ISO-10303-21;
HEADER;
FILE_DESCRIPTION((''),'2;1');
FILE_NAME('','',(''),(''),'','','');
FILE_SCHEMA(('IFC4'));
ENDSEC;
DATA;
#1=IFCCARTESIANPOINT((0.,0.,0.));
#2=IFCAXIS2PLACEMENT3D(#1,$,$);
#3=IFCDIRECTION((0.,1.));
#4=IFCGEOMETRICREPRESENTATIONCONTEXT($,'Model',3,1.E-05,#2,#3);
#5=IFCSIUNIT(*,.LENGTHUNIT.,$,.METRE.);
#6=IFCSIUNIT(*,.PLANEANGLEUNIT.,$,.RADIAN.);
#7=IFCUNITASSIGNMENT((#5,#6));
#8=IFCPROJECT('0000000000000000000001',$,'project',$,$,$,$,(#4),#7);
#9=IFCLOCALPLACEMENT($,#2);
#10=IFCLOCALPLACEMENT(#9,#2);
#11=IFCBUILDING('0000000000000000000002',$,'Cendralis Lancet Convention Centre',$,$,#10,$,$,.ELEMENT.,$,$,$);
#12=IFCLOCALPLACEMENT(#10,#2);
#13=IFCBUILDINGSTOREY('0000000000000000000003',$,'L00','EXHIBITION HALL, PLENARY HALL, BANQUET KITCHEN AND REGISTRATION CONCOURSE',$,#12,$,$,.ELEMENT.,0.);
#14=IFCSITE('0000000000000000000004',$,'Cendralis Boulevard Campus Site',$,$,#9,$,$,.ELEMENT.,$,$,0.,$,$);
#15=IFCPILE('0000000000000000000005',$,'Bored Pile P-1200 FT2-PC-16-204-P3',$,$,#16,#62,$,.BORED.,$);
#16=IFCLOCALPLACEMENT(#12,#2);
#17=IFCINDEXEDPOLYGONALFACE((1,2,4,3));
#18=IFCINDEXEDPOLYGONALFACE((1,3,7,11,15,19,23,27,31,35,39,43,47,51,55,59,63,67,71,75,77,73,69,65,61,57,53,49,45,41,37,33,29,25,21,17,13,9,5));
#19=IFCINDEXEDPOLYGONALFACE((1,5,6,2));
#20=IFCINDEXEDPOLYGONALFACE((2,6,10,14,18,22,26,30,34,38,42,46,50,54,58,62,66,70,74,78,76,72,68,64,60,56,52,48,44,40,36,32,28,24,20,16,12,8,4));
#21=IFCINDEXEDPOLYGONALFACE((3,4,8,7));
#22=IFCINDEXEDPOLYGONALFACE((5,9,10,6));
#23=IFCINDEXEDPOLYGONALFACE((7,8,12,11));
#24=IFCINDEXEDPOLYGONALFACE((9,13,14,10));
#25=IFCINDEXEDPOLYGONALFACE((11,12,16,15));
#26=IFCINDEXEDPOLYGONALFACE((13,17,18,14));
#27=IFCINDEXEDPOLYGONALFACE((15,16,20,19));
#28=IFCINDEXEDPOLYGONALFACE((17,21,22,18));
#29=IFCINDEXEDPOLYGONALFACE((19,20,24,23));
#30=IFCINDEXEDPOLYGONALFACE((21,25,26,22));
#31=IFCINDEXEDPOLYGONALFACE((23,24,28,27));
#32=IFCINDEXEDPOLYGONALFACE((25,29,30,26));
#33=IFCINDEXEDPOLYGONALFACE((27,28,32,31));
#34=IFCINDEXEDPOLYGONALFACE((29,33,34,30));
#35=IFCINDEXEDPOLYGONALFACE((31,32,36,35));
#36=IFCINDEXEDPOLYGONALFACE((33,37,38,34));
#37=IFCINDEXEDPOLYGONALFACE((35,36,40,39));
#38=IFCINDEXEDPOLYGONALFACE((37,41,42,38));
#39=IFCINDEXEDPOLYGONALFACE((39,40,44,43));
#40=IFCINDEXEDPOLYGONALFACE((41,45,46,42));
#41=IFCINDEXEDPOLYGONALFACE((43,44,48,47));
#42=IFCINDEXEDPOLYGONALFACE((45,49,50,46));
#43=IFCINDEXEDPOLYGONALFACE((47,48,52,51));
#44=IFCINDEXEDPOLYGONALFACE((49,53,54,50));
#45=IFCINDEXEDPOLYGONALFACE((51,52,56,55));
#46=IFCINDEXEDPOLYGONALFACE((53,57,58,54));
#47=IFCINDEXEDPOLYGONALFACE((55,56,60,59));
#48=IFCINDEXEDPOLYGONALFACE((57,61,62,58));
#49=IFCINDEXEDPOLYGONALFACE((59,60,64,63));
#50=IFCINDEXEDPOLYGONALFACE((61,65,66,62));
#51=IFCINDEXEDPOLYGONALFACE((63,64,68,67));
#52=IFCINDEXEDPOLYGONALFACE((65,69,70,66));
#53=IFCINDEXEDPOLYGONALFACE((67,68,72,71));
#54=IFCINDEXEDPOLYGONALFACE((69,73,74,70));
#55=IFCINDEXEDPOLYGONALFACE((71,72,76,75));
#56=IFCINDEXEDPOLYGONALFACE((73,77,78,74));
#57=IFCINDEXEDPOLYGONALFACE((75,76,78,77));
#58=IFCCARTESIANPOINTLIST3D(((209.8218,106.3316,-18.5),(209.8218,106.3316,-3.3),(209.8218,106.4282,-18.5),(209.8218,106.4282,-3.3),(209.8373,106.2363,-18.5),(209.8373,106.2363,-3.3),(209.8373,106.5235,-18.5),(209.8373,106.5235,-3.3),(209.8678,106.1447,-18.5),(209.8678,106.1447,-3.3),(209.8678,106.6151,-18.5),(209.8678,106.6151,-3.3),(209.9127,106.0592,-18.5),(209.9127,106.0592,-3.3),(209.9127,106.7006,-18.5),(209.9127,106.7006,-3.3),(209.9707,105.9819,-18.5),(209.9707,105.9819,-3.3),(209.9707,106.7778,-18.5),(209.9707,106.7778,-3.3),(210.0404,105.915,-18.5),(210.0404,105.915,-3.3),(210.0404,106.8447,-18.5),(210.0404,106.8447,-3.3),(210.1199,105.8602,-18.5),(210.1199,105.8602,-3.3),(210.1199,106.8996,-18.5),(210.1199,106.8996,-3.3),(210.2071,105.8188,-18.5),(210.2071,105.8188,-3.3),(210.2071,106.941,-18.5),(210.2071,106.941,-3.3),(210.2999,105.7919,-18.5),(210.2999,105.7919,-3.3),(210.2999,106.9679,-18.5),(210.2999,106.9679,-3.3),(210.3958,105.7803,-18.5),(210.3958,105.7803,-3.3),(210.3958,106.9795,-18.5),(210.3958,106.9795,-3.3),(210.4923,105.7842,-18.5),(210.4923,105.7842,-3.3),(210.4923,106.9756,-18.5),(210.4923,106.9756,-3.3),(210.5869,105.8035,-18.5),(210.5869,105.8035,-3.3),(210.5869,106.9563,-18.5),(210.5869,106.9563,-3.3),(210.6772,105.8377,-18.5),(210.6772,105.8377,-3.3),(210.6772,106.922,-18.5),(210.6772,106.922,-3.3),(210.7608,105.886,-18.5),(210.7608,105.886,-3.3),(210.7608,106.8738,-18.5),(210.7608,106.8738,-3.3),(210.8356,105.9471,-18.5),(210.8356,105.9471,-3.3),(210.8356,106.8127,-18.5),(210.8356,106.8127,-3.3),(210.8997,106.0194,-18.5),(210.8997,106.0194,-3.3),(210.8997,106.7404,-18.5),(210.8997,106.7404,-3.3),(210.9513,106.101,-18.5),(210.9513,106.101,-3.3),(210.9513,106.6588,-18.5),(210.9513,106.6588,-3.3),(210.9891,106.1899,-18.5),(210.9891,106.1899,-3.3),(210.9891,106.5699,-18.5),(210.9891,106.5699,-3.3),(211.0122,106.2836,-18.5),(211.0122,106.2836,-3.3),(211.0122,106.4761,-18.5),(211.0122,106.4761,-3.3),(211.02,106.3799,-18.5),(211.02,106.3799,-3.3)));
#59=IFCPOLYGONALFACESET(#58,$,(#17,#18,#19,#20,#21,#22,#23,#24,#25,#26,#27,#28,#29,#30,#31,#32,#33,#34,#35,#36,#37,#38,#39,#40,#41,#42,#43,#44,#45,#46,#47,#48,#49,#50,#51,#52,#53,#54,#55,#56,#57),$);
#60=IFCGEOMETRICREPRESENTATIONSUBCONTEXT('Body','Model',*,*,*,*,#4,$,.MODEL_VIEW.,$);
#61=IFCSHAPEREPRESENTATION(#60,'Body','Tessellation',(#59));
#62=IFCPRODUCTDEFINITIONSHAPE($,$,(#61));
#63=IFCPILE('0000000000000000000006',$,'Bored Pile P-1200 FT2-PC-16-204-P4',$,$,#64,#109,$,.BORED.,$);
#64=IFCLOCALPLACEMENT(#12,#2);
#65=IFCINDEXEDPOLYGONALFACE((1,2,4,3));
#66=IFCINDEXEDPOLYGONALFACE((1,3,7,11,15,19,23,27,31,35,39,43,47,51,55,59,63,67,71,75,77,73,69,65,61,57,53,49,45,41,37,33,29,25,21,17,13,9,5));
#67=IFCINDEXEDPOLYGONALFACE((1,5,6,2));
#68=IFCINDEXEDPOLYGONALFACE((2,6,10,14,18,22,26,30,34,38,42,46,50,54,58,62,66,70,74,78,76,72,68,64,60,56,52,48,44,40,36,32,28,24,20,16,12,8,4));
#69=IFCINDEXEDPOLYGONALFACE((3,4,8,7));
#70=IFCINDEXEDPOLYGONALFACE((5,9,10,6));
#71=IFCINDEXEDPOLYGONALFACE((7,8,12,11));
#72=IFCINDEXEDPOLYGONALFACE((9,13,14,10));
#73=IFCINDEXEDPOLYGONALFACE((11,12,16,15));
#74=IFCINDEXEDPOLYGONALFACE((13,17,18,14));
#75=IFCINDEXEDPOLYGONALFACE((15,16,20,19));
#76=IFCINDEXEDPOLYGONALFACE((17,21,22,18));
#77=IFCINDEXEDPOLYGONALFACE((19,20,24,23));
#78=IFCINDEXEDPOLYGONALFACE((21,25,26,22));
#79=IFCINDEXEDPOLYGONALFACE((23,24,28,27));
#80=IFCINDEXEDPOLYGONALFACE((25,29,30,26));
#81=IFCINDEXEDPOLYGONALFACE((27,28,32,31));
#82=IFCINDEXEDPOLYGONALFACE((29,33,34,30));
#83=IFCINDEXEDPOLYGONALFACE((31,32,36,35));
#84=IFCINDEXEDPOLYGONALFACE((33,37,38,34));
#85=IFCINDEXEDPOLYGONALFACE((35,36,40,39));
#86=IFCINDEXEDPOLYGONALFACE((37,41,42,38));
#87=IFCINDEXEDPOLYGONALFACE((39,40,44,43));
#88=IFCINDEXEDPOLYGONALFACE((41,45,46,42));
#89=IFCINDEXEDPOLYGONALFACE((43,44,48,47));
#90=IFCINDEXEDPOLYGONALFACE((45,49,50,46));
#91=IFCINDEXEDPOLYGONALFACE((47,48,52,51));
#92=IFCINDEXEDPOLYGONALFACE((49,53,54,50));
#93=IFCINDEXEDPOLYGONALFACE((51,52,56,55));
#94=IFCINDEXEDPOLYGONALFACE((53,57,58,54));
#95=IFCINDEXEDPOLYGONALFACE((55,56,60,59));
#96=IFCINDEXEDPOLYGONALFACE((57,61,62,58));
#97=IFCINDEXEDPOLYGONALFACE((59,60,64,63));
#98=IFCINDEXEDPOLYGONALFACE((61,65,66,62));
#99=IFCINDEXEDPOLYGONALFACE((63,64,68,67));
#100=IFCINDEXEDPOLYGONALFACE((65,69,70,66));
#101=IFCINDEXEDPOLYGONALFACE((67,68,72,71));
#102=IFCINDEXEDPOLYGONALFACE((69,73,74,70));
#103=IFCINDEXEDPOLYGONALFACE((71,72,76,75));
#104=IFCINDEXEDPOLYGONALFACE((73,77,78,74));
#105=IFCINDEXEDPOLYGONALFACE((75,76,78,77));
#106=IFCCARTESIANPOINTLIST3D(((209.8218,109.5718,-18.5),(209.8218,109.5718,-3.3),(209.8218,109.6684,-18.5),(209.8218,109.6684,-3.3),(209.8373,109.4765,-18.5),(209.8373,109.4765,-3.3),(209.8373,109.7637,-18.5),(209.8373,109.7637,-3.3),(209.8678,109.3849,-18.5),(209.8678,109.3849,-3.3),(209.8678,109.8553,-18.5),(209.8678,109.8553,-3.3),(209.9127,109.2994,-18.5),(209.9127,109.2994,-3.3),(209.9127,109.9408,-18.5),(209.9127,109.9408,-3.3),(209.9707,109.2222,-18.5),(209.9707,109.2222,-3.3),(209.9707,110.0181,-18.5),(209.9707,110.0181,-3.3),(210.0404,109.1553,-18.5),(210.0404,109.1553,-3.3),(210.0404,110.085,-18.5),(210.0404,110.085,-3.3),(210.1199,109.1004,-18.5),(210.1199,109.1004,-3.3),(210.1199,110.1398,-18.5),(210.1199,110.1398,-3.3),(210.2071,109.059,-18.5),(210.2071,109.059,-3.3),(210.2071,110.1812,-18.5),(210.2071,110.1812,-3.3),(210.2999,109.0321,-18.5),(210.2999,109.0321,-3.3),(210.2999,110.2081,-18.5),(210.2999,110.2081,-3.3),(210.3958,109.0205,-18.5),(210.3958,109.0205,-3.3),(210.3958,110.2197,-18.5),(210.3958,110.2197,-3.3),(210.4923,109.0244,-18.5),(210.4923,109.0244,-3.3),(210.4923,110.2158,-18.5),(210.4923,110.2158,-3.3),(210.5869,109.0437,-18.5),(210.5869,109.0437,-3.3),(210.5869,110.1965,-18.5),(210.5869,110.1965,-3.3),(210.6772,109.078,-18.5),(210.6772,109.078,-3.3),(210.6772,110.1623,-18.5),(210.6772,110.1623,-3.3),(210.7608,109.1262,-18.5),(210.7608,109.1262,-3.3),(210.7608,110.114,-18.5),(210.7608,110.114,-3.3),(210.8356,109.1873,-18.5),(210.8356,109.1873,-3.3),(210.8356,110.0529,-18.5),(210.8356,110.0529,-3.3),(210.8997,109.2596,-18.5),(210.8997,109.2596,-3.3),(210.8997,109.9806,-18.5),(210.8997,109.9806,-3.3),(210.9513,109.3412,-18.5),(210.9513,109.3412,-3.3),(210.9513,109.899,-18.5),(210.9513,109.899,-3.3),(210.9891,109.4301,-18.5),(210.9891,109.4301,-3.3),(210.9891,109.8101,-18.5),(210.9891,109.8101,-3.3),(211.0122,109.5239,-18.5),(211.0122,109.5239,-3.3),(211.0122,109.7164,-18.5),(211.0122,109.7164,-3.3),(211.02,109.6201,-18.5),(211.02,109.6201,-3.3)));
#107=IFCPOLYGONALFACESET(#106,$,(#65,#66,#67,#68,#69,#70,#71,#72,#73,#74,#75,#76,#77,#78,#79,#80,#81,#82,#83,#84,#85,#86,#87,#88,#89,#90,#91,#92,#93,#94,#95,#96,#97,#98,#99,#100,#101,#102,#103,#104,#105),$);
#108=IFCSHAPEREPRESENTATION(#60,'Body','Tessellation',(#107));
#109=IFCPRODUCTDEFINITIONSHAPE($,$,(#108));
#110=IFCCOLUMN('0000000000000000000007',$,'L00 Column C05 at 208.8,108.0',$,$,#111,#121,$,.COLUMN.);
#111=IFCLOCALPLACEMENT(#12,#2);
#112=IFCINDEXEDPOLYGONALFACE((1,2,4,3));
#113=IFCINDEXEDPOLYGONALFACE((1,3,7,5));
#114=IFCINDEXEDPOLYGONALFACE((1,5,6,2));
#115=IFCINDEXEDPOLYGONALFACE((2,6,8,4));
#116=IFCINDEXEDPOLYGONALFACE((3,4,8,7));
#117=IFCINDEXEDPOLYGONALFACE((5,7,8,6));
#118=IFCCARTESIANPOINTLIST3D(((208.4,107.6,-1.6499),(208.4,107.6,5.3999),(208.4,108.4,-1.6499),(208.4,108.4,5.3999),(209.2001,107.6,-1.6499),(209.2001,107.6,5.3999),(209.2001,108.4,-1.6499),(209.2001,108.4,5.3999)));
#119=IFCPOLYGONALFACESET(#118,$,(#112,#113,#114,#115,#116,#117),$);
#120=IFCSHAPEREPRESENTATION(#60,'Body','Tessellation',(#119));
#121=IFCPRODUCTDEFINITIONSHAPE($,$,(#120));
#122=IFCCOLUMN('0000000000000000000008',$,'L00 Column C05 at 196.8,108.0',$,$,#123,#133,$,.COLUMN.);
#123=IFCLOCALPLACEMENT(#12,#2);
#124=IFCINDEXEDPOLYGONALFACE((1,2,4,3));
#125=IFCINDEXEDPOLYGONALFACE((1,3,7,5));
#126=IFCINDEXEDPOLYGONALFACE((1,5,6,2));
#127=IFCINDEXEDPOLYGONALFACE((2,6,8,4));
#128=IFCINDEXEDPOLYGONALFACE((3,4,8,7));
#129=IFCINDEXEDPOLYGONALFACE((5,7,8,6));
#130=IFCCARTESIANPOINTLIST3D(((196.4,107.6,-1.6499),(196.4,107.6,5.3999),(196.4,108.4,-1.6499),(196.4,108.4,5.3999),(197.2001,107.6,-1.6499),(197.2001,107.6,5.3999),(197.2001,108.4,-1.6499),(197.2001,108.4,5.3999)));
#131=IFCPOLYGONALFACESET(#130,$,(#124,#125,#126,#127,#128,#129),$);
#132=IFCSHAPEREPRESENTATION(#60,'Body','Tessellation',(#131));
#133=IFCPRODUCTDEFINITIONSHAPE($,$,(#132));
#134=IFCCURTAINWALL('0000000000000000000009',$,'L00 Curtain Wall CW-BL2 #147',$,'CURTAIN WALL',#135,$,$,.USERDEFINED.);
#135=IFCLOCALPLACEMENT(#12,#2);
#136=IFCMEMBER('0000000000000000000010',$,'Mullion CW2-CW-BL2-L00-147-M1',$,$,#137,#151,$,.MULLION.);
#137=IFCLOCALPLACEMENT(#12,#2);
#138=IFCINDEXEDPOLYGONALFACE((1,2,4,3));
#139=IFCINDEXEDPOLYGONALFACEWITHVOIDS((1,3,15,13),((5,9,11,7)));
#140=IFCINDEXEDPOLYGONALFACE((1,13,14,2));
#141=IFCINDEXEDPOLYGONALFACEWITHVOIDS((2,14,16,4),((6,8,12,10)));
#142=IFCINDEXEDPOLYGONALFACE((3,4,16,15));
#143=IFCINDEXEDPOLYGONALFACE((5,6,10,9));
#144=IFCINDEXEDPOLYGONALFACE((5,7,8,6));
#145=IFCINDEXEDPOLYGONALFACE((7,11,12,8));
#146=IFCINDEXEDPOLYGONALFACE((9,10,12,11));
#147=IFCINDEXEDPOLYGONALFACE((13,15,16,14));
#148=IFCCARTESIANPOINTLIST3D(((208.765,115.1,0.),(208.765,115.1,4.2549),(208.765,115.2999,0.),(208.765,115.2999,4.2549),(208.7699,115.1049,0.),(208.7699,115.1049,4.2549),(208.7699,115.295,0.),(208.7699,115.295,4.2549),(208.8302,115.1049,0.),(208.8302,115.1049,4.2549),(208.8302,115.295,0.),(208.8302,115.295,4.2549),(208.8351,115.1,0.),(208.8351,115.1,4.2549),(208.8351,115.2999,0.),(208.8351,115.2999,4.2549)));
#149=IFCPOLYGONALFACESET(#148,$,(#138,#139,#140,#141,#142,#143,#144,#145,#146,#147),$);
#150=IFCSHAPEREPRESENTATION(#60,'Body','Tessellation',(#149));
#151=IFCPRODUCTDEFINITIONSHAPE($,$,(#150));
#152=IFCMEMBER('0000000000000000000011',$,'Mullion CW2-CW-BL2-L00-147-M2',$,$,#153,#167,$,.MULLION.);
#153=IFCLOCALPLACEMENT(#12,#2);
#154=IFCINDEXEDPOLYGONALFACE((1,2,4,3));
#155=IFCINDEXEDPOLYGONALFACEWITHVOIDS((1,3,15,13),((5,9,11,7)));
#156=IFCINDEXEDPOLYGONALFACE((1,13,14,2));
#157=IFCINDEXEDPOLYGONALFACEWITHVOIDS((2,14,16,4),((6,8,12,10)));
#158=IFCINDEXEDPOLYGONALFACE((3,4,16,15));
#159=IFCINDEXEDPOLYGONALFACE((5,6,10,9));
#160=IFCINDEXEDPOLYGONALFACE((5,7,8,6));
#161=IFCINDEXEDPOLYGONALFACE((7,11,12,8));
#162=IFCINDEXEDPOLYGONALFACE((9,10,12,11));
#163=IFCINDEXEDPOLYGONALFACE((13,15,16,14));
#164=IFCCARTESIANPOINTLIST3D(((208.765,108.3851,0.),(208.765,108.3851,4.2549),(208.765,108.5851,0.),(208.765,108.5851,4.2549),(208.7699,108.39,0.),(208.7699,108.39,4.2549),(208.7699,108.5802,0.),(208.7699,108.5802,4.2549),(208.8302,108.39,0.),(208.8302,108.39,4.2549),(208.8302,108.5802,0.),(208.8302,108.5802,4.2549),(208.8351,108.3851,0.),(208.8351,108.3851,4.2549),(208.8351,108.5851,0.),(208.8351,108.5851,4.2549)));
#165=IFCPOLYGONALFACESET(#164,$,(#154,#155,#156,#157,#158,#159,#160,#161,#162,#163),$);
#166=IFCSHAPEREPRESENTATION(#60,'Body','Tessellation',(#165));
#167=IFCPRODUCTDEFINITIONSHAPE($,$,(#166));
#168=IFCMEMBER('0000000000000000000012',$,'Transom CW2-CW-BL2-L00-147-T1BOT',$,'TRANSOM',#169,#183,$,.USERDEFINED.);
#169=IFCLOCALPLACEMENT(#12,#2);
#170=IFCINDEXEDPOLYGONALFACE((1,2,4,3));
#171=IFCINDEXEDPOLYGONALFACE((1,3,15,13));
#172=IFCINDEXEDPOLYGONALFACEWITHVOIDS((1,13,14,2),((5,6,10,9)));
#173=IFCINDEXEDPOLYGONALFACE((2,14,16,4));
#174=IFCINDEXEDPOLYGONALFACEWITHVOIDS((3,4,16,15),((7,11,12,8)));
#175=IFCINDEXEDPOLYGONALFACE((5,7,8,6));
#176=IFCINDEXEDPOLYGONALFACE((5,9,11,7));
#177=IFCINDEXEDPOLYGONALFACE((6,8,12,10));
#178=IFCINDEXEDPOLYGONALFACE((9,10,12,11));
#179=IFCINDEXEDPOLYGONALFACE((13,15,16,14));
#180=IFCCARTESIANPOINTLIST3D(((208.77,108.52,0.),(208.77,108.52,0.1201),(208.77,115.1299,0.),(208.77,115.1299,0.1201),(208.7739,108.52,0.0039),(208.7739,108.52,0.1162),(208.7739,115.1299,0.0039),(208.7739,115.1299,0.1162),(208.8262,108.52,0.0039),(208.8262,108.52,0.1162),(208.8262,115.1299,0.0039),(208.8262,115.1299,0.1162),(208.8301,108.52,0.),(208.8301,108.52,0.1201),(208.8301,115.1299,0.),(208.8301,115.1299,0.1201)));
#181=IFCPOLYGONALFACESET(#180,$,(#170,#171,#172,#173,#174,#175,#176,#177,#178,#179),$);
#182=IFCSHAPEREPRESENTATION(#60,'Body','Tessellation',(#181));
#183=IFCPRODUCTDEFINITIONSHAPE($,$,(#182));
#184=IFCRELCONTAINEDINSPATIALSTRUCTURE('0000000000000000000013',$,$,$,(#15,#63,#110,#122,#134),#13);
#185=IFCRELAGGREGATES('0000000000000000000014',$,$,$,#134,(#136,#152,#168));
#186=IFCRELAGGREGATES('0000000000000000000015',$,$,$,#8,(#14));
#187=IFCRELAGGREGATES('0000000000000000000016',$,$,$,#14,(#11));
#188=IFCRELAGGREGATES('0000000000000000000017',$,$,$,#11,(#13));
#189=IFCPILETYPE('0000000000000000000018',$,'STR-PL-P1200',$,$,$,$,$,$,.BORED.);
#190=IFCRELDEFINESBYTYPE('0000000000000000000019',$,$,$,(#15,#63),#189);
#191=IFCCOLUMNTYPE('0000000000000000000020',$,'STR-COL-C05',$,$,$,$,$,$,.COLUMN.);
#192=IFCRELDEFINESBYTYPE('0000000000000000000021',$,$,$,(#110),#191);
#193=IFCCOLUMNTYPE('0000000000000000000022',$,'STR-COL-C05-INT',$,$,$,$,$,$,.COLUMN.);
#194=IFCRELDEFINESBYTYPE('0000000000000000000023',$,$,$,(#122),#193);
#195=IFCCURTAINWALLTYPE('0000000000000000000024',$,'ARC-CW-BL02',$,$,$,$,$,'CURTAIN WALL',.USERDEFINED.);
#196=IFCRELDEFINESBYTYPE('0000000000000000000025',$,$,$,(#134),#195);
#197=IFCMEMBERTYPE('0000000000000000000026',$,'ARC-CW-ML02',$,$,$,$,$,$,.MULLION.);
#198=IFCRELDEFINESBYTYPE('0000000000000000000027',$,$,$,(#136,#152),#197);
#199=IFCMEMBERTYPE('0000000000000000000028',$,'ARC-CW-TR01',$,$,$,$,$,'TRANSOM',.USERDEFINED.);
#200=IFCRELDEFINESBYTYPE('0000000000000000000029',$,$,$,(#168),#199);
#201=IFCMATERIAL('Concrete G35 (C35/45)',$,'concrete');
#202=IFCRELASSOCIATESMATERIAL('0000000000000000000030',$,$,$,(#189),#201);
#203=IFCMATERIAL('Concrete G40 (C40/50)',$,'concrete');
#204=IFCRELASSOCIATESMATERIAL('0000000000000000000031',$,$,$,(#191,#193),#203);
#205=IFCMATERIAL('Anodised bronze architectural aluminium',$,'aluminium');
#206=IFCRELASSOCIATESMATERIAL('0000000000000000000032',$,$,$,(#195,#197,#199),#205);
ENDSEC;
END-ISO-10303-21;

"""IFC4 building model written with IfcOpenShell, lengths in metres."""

from ifc_helpers import new_model, si_unit, direction, frame, origin, origin_2d, place, context, subcontext, project, spatial, rectangle, hollow_rectangle, circle, extrude, material, material_profile, profile_set, type_object, element, aggregate, save


model = new_model("IFC4")

# Units and contexts
model_context = context("Model", 3, precision=1e-05, world=origin(), true_north=direction((0.0, 1.0)))
body_context = subcontext(model_context, "Body", "Model", "MODEL_VIEW")
ifc_project = project(units=[si_unit("LENGTHUNIT", "METRE"), si_unit("PLANEANGLEUNIT", "RADIAN")], contexts=[model_context])

# Site, building, storey
site_placement = place(None, origin())
site = spatial("IfcSite", under=ifc_project, at=site_placement, Name="Cendralis Boulevard Campus Site", CompositionType="ELEMENT", RefElevation=0.0)
building_placement = place(site_placement, origin())
building = spatial("IfcBuilding", under=site, at=building_placement, Name="Cendralis Lancet Convention Centre", CompositionType="ELEMENT")
storey_placement = place(building_placement, origin())
storey = spatial("IfcBuildingStorey", under=building, at=storey_placement, Name="L00", Description="EXHIBITION HALL, PLENARY HALL, BANQUET KITCHEN AND REGISTRATION CONCOURSE", CompositionType="ELEMENT", Elevation=0.0)

# Shared definitions
ifc_material_1 = material(Name="Concrete G35 (C35/45)", Category="concrete")

# Piles
ifc_material_profile_1 = material_profile(ifc_material_1, circle(Radius=0.6001, at=origin_2d()), Name="BORED PILE D1200")
ifc_profile_set_1 = profile_set([ifc_material_profile_1], Name="Concrete G35 (C35/45)")
pile_type = type_object("IfcPileType", Name="STR-PL-P1200", PredefinedType="BORED", material=ifc_profile_set_1)
for number, where, z_axis, x_axis, name in (
    (1, (210.4199, 106.3799, -3.3), (0.0, 0.0, -1.0), (1.0, 0.0, 0.0), "Bored Pile P-1200 FT2-PC-16-204-P3"),
    (2, (210.4199, 109.6201, -3.3), (0.0, 0.0, -1.0), (1.0, 0.0, 0.0), "Bored Pile P-1200 FT2-PC-16-204-P4"),
):
    element("IfcPile", number, at=place(storey_placement, frame(where, z_axis=z_axis, x_axis=x_axis)), inside=storey, type_object=pile_type, Name=name, PredefinedType="BORED", context=body_context, shape_type="SweptSolid", body=[
        extrude(circle(Radius=0.6001, at=origin_2d()), origin(), (0.0, 0.0, 1.0), 15.2),
    ])

# Columns
ifc_material_2 = material(Name="Concrete G40 (C40/50)", Category="concrete")
ifc_material_profile_2 = material_profile(ifc_material_2, rectangle(XDim=0.8, YDim=0.8, at=origin_2d()), Name="RC 800x800")
ifc_profile_set_2 = profile_set([ifc_material_profile_2], Name="Concrete G40 (C40/50)")
column_type_1 = type_object("IfcColumnType", Name="STR-COL-C05", PredefinedType="COLUMN", material=ifc_profile_set_2)
column_1_placement = place(storey_placement, frame((208.8, 108.0, -1.6499), z_axis=(0.0, 0.0, 1.0), x_axis=(1.0, 0.0, 0.0)))
element("IfcColumn", 3, at=column_1_placement, inside=storey, type_object=column_type_1, Name="L00 Column C05 at 208.8,108.0", PredefinedType="COLUMN", context=body_context, shape_type="SweptSolid", body=[
    extrude(rectangle(XDim=0.8, YDim=0.8, at=origin_2d()), origin(), (0.0, 0.0, 1.0), 7.0498),
])
ifc_material_profile_3 = material_profile(ifc_material_2, rectangle(XDim=0.8, YDim=0.8, at=origin_2d()), Name="RC 800x800")
ifc_profile_set_3 = profile_set([ifc_material_profile_3], Name="Concrete G40 (C40/50)")
column_type_2 = type_object("IfcColumnType", Name="STR-COL-C05-INT", PredefinedType="COLUMN", material=ifc_profile_set_3)
column_2_placement = place(storey_placement, frame((196.8, 108.0, -1.6499), z_axis=(0.0, 0.0, 1.0), x_axis=(1.0, 0.0, 0.0)))
element("IfcColumn", 4, at=column_2_placement, inside=storey, type_object=column_type_2, Name="L00 Column C05 at 196.8,108.0", PredefinedType="COLUMN", context=body_context, shape_type="SweptSolid", body=[
    extrude(rectangle(XDim=0.8, YDim=0.8, at=origin_2d()), origin(), (0.0, 0.0, 1.0), 7.0498),
])

# Curtain wall, members
ifc_material_3 = material(Name="Anodised bronze architectural aluminium", Category="aluminium")
curtain_wall_type = type_object("IfcCurtainWallType", Name="ARC-CW-BL02", ElementType="CURTAIN WALL", PredefinedType="USERDEFINED", material=ifc_material_3)
curtain_wall_placement = place(storey_placement, origin())
curtain_wall = element("IfcCurtainWall", 5, at=curtain_wall_placement, inside=storey, type_object=curtain_wall_type, Name="L00 Curtain Wall CW-BL2 #147", ObjectType="CURTAIN WALL", PredefinedType="USERDEFINED")
ifc_material_profile_4 = material_profile(ifc_material_3, hollow_rectangle(XDim=0.0701, YDim=0.2, WallThickness=0.0049, at=origin_2d()), Name="AL-MULL 70x200x5.0")
ifc_profile_set_4 = profile_set([ifc_material_profile_4], Name="Anodised bronze architectural aluminium")
member_type_1 = type_object("IfcMemberType", Name="ARC-CW-ML02", PredefinedType="MULLION", material=ifc_profile_set_4)
member_1_placement = place(storey_placement, frame((208.8, 115.2, 0.0), z_axis=(0.0, 0.0, 1.0), x_axis=(1.0, 0.0, 0.0)))
member_1 = element("IfcMember", 6, at=member_1_placement, type_object=member_type_1, Name="Mullion CW2-CW-BL2-L00-147-M1", PredefinedType="MULLION", context=body_context, shape_type="SweptSolid", body=[
    extrude(hollow_rectangle(XDim=0.0701, YDim=0.2, WallThickness=0.0049, at=origin_2d()), origin(), (0.0, 0.0, 1.0), 4.2549),
])
member_2_placement = place(storey_placement, frame((208.8, 108.4851, 0.0), z_axis=(0.0, 0.0, 1.0), x_axis=(1.0, 0.0, 0.0)))
member_2 = element("IfcMember", 7, at=member_2_placement, type_object=member_type_1, Name="Mullion CW2-CW-BL2-L00-147-M2", PredefinedType="MULLION", context=body_context, shape_type="SweptSolid", body=[
    extrude(hollow_rectangle(XDim=0.0701, YDim=0.2, WallThickness=0.0049, at=origin_2d()), origin(), (0.0, 0.0, 1.0), 4.2549),
])
ifc_material_profile_5 = material_profile(ifc_material_3, hollow_rectangle(XDim=0.0601, YDim=0.1201, WallThickness=0.0039, at=origin_2d()), Name="AL-TRAN 60x120x4.0")
ifc_profile_set_5 = profile_set([ifc_material_profile_5], Name="Anodised bronze architectural aluminium")
member_type_2 = type_object("IfcMemberType", Name="ARC-CW-TR01", ElementType="TRANSOM", PredefinedType="USERDEFINED", material=ifc_profile_set_5)
member_3_placement = place(storey_placement, frame((208.8, 115.1299, 0.0601), z_axis=(0.0, -1.0, 0.0), x_axis=(1.0, 0.0, 0.0)))
member_3 = element("IfcMember", 8, at=member_3_placement, type_object=member_type_2, Name="Transom CW2-CW-BL2-L00-147-T1BOT", ObjectType="TRANSOM", PredefinedType="USERDEFINED", context=body_context, shape_type="SweptSolid", body=[
    extrude(hollow_rectangle(XDim=0.0601, YDim=0.1201, WallThickness=0.0039, at=origin_2d()), origin(), (0.0, 0.0, 1.0), 6.6099),
])

aggregate(curtain_wall, [member_1, member_2, member_3])

save(model, "model.ifc")
